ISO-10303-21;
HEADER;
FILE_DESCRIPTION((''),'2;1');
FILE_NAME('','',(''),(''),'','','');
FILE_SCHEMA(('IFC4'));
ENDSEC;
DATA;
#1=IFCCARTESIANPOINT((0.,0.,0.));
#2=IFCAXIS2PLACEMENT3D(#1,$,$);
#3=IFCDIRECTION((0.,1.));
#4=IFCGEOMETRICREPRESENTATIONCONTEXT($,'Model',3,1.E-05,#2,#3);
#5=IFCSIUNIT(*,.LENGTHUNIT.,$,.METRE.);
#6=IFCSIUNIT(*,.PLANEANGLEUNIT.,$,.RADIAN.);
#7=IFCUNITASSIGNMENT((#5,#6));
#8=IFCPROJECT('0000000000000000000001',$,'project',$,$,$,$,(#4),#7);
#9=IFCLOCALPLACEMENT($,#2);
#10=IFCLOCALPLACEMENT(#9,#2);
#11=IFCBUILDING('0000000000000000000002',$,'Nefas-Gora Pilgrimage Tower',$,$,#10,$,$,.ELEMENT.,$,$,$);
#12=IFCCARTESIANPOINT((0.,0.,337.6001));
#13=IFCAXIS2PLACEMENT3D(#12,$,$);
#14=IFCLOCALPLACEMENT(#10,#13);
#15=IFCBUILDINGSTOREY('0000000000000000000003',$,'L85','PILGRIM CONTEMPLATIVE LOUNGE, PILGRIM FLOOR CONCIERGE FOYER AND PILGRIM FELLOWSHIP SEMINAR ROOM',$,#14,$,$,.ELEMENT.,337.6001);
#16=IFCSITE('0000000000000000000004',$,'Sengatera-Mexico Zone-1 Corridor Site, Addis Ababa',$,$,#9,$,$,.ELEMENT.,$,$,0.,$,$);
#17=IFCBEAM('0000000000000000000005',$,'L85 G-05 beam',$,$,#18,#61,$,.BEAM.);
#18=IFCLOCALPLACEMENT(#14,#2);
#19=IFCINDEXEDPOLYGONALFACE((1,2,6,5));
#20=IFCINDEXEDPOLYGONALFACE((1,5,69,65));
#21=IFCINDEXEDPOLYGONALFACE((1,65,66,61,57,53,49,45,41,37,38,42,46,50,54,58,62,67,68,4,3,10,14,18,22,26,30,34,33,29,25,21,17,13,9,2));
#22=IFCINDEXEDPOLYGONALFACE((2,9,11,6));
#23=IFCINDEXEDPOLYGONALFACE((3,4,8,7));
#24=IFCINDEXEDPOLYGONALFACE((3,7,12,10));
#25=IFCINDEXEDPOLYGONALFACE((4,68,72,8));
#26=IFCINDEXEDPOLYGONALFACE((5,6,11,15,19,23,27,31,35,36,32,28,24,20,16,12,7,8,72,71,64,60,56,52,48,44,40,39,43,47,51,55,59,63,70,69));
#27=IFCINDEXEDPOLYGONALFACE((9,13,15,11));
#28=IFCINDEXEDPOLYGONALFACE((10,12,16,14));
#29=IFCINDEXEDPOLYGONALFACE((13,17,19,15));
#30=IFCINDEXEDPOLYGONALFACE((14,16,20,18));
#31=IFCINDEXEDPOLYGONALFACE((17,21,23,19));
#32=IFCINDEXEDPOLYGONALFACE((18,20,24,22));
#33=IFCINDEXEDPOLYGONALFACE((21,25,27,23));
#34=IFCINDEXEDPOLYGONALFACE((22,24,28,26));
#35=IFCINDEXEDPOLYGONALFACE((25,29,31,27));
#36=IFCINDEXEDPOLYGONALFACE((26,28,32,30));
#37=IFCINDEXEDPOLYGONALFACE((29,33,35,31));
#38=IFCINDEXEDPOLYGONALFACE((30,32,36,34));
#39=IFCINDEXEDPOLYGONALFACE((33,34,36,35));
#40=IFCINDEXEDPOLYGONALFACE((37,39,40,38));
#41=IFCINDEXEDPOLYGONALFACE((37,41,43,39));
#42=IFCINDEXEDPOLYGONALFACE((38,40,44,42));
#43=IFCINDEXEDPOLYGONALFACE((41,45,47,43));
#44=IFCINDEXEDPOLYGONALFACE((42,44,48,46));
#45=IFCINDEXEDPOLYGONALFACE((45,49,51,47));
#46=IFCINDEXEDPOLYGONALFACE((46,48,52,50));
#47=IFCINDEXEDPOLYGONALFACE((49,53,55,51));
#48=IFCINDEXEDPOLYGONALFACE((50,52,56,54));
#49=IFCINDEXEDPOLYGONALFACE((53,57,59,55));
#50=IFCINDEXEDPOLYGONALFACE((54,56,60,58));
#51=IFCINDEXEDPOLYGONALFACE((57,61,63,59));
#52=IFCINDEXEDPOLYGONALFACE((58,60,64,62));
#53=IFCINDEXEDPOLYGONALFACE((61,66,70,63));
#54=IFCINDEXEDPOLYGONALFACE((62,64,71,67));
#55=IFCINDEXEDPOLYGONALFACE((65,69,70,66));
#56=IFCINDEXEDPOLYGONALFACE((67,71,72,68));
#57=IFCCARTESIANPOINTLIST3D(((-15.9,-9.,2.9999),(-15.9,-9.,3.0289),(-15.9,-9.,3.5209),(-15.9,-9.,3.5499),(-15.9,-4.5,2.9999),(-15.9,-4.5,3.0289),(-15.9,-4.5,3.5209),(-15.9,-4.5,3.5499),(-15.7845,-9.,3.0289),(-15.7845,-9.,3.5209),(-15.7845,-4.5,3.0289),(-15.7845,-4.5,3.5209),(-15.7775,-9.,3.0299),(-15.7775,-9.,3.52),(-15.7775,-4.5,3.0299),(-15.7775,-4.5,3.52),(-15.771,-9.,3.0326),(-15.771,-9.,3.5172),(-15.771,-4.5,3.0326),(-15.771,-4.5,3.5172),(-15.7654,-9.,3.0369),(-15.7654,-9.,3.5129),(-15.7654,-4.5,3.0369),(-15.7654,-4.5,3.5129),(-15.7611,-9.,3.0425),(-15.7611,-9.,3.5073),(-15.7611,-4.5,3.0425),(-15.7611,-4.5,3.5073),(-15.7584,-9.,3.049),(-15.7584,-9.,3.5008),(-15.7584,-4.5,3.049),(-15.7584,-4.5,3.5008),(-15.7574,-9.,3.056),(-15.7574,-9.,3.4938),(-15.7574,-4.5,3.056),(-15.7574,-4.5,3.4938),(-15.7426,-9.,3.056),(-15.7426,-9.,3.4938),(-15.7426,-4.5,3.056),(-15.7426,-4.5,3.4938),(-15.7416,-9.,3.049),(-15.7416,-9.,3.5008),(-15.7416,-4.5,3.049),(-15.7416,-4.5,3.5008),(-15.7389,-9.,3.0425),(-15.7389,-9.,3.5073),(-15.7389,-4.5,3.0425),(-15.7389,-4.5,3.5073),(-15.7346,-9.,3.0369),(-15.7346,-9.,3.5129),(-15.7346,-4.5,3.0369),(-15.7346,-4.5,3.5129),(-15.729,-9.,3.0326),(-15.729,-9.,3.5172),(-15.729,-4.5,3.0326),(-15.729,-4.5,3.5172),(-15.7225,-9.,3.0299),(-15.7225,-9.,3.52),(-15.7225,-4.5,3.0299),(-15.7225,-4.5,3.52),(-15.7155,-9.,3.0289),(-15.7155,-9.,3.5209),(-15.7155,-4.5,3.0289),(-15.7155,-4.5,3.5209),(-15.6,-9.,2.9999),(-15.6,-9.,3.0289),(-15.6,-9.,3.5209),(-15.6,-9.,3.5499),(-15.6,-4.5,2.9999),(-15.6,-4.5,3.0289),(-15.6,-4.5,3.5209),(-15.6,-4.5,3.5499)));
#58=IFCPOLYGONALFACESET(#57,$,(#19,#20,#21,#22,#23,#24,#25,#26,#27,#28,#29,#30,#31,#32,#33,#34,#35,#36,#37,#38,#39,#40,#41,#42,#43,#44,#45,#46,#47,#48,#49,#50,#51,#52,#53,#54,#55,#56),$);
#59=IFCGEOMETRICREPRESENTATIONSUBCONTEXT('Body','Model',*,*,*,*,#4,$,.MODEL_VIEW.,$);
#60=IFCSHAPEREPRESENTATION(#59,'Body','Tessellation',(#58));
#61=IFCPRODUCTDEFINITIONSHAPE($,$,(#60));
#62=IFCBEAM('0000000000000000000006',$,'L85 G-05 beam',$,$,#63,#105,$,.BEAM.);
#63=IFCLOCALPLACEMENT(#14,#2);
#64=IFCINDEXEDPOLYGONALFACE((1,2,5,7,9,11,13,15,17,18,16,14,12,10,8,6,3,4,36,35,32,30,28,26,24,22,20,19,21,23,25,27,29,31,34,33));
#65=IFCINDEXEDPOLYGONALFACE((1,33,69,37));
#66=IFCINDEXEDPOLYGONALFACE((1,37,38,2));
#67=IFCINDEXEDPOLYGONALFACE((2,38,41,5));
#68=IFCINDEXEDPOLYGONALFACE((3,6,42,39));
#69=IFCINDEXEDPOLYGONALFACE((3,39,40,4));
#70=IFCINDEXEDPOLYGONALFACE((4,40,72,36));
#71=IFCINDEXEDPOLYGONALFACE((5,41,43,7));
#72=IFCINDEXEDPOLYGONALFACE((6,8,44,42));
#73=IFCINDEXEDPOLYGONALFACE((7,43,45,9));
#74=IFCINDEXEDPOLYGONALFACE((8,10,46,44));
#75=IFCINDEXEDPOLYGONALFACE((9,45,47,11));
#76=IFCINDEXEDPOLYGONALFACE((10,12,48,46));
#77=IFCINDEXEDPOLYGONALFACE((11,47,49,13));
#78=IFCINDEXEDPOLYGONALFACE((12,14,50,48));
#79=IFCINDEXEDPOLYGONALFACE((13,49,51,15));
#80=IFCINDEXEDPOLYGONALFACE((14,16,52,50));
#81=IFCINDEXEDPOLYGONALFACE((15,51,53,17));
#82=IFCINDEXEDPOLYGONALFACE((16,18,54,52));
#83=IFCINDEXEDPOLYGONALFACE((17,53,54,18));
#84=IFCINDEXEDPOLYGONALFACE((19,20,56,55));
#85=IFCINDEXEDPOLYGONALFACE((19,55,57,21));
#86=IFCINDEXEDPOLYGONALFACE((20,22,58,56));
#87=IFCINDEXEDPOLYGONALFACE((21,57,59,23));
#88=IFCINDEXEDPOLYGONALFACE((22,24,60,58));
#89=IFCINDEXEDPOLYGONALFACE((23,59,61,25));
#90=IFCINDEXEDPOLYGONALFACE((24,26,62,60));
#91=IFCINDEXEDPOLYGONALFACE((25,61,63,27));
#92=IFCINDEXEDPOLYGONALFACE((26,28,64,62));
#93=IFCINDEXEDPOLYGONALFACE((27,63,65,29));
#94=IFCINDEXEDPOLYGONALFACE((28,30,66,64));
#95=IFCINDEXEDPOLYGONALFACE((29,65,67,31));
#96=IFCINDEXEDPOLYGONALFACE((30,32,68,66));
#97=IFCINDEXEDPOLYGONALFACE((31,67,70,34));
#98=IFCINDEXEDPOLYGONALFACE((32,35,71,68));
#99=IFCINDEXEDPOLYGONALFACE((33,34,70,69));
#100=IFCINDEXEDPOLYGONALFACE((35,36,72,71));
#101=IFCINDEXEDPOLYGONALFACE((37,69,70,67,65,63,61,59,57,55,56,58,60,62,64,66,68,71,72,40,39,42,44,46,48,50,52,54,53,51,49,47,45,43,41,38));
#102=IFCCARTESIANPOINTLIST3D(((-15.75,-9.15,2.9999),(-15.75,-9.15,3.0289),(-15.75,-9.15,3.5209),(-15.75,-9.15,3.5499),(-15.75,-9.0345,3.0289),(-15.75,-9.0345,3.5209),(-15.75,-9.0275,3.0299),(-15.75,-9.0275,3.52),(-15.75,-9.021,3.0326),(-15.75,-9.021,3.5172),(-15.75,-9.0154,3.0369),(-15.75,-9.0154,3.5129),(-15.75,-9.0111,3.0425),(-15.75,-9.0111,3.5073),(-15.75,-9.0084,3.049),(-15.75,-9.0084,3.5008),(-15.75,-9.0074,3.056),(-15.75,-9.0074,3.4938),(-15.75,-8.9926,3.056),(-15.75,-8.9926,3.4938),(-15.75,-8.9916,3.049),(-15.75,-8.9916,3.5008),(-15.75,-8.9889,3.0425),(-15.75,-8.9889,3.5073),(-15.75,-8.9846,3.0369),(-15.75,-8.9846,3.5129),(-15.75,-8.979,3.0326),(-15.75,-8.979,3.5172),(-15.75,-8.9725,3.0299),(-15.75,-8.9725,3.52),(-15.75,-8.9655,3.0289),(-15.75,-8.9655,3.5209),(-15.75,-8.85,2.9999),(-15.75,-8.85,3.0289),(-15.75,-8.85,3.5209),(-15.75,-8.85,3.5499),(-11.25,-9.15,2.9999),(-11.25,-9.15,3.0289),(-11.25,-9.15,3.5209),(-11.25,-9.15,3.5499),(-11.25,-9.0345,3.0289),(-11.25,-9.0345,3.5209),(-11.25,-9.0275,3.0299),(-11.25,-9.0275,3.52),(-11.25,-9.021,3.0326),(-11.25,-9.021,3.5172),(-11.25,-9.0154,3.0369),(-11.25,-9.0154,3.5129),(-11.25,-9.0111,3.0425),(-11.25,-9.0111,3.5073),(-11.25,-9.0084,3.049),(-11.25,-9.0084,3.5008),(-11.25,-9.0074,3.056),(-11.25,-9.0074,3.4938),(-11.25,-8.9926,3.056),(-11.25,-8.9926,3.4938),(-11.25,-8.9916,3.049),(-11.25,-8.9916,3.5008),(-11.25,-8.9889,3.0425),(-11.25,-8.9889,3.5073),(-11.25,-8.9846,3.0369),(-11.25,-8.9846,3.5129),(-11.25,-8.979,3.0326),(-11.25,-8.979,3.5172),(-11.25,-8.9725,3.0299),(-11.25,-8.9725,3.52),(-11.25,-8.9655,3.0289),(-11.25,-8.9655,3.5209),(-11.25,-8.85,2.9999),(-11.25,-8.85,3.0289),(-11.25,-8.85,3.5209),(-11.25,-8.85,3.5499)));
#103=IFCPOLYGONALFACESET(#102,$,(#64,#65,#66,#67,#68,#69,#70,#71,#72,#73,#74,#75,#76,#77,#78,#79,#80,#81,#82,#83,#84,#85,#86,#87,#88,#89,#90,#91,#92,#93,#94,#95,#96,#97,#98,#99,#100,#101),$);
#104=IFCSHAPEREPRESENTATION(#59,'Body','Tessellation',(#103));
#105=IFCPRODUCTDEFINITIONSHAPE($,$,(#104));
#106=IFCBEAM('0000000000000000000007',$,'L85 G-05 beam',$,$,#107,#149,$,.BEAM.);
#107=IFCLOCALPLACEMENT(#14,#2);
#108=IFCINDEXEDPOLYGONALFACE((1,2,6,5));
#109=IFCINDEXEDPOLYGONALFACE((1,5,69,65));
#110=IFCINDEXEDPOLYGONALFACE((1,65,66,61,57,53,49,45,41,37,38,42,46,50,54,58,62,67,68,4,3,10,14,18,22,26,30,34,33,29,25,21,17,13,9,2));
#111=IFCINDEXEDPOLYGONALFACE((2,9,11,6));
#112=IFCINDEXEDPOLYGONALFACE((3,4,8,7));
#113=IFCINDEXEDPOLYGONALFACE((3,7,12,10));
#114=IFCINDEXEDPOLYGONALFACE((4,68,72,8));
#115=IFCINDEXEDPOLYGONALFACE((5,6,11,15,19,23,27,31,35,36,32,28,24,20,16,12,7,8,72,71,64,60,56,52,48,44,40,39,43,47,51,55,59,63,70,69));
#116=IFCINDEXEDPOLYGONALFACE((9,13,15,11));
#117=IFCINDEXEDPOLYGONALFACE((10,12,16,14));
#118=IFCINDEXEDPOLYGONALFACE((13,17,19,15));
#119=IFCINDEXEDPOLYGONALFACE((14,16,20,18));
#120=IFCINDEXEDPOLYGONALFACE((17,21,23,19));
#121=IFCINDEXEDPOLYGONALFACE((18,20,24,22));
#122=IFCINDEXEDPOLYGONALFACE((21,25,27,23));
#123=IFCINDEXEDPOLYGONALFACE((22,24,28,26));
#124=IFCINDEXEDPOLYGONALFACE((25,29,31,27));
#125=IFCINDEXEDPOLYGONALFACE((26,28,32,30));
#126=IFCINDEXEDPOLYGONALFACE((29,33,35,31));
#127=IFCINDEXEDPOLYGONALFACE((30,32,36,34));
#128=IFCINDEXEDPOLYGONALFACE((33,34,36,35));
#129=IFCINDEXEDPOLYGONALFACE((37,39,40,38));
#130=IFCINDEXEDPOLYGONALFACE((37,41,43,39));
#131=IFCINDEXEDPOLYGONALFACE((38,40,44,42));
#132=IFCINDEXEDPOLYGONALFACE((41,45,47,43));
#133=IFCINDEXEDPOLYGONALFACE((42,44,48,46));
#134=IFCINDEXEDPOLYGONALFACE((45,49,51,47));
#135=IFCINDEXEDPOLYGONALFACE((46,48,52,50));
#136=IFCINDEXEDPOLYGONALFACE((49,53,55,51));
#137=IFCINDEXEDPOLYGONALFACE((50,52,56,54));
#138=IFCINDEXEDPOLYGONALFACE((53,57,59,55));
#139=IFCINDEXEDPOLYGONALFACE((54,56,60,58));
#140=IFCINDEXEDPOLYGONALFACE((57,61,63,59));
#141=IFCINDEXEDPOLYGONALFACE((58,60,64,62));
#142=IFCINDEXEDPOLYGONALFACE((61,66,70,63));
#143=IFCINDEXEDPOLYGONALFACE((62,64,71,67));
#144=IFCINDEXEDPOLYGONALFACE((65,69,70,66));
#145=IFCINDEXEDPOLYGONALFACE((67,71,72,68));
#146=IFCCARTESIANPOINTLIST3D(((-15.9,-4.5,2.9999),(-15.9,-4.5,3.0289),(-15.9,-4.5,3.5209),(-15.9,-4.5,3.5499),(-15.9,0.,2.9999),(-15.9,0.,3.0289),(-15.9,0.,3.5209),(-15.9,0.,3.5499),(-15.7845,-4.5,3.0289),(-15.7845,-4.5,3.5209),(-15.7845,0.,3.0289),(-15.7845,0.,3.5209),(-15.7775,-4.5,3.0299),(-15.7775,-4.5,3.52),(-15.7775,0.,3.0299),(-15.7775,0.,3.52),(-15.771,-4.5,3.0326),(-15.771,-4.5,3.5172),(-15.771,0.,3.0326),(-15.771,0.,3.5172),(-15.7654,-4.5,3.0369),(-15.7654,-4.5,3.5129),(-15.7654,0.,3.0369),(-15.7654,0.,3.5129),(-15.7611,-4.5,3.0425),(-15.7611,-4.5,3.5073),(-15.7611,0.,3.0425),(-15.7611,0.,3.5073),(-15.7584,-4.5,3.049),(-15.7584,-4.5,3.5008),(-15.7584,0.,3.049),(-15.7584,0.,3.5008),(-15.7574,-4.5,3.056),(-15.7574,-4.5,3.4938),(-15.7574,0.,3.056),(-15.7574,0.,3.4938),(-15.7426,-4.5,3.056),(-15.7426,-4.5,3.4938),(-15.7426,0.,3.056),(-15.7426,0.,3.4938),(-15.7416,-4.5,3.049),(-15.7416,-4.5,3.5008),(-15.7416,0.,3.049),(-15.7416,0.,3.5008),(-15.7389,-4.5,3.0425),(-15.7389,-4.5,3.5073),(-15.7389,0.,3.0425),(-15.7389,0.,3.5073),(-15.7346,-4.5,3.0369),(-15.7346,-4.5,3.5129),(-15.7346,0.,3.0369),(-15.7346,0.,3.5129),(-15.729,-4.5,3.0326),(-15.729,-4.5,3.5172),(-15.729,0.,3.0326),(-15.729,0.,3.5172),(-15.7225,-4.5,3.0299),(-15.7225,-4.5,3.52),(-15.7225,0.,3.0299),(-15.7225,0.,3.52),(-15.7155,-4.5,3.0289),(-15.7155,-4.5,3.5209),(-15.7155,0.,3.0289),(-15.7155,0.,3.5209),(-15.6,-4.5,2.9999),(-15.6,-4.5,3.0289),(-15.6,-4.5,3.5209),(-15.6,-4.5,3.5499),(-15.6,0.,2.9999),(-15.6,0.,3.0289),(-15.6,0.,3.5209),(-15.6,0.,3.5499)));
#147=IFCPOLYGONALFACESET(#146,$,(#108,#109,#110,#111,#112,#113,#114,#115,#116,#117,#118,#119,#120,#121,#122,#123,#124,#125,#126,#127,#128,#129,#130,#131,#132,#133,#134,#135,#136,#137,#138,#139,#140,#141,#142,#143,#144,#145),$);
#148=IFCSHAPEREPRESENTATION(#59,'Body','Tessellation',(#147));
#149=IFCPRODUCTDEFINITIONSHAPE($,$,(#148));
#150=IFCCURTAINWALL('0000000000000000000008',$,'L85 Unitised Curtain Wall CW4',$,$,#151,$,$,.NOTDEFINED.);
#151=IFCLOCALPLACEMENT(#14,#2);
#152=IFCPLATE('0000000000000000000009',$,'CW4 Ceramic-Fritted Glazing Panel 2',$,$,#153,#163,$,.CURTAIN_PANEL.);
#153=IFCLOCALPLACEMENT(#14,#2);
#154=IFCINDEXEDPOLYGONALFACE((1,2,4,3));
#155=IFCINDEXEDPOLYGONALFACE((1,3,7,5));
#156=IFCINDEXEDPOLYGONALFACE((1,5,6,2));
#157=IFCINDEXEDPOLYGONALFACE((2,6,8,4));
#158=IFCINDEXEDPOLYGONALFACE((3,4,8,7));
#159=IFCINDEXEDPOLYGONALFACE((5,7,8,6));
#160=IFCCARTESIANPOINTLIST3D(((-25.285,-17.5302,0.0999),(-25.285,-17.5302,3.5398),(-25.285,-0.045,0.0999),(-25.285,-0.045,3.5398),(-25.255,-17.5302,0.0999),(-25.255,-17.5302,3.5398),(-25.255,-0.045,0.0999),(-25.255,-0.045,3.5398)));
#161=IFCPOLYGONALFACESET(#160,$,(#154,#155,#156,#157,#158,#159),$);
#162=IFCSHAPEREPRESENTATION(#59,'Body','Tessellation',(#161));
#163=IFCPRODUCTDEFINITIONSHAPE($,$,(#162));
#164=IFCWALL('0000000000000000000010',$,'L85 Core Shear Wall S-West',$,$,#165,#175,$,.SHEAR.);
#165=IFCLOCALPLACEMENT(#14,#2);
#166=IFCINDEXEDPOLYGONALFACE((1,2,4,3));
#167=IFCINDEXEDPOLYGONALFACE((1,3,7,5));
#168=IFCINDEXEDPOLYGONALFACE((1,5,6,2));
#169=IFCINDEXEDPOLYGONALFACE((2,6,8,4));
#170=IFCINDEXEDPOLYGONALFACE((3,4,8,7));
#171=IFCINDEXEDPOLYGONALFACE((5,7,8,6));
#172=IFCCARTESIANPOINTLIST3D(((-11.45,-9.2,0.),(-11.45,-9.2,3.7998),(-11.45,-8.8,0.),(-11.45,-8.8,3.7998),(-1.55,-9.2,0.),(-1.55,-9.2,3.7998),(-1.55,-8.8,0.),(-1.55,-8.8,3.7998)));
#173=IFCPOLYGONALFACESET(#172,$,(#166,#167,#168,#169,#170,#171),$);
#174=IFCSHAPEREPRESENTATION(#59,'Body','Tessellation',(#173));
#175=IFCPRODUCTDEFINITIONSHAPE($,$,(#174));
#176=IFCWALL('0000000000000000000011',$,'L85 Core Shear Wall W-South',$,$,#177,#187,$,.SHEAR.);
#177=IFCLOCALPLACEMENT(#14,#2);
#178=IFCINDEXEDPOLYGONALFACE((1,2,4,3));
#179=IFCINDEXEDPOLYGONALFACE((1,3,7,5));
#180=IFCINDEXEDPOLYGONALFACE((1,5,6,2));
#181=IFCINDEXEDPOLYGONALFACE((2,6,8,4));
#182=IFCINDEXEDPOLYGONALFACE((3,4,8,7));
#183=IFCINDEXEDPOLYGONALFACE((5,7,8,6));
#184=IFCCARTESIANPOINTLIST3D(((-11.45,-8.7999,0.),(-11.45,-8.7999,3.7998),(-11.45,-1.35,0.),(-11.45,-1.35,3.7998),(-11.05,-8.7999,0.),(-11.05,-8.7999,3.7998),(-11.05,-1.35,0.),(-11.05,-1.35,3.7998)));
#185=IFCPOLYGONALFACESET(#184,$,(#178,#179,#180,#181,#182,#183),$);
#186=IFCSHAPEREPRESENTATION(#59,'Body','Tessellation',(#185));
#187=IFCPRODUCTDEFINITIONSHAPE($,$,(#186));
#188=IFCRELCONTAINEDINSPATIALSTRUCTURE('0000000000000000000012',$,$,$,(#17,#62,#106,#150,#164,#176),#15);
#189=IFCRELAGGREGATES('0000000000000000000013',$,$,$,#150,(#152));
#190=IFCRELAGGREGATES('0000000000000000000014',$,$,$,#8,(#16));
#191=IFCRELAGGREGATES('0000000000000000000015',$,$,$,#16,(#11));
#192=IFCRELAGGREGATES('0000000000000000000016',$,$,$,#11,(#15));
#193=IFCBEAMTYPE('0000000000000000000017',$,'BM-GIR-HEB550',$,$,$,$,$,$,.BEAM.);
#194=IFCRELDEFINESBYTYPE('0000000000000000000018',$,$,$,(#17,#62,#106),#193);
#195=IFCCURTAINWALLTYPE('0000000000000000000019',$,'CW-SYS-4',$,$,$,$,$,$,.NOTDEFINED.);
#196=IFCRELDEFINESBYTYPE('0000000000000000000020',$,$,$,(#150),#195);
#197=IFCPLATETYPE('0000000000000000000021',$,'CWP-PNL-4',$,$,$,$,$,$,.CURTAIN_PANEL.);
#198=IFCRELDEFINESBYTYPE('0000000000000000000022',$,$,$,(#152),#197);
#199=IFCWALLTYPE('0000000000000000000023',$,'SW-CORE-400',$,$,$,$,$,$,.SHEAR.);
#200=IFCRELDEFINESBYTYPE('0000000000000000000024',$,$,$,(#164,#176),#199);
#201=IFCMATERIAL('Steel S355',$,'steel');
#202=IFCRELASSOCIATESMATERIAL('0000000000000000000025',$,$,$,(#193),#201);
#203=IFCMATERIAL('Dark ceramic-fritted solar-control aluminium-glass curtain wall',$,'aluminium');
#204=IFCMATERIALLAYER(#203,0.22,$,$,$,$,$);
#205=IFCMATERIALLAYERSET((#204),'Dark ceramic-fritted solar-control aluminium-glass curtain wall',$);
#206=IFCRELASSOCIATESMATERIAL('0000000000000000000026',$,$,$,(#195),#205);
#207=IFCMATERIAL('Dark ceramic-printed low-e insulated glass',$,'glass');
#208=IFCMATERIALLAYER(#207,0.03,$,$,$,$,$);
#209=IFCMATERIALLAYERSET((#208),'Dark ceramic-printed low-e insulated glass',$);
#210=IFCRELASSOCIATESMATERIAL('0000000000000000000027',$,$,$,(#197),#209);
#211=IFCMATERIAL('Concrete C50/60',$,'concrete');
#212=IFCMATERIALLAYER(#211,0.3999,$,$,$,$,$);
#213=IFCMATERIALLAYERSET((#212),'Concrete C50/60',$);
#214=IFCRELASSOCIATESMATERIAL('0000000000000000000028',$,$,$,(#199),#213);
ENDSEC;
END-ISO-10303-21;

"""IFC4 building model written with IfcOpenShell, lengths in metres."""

from ifc_helpers import new_model, si_unit, direction, frame, frame_2d, origin, origin_2d, place, context, subcontext, project, spatial, rectangle, i_section, extrude, source, transform, mapped, material, layer, layer_set, material_profile, profile_set, type_object, element, aggregate, save


model = new_model("IFC4")

# Units and contexts
model_context = context("Model", 3, precision=1e-05, world=origin(), true_north=direction((0.0, 1.0)))
body_context = subcontext(model_context, "Body", "Model", "MODEL_VIEW")
ifc_project = project(units=[si_unit("LENGTHUNIT", "METRE"), si_unit("PLANEANGLEUNIT", "RADIAN")], contexts=[model_context])

# Site, building, storey
site_placement = place(None, origin())
site = spatial("IfcSite", under=ifc_project, at=site_placement, Name="Sengatera-Mexico Zone-1 Corridor Site, Addis Ababa", CompositionType="ELEMENT", RefElevation=0.0)
building_placement = place(site_placement, origin())
building = spatial("IfcBuilding", under=site, at=building_placement, Name="Nefas-Gora Pilgrimage Tower", CompositionType="ELEMENT")
storey_placement = place(building_placement, frame((0.0, 0.0, 337.6001)))
storey = spatial("IfcBuildingStorey", under=building, at=storey_placement, Name="L85", Description="PILGRIM CONTEMPLATIVE LOUNGE, PILGRIM FLOOR CONCIERGE FOYER AND PILGRIM FELLOWSHIP SEMINAR ROOM", CompositionType="ELEMENT", Elevation=337.6001)

# Shared definitions
ifc_material_1 = material(Name="Steel S355", Category="steel")
ifc_material_2 = material(Name="Concrete C50/60", Category="concrete")

# Beams
ifc_material_profile_1 = material_profile(ifc_material_1, i_section(OverallWidth=0.3, OverallDepth=0.55, WebThickness=0.0149, FlangeThickness=0.0291, FilletRadius=0.0271, at=origin_2d()), Name="HEB 550")
ifc_profile_set_1 = profile_set([ifc_material_profile_1], Name="Steel S355")
beam_type_1 = type_object("IfcBeamType", Name="BM-GIR-HEB550", PredefinedType="BEAM", material=ifc_profile_set_1)
shared_shape_1 = source(origin(), body_context, "Body", "SweptSolid", [
    extrude(i_section(OverallWidth=0.3, OverallDepth=0.55, WebThickness=0.0149, FlangeThickness=0.0291, FilletRadius=0.0271, at=origin_2d()), origin(), (0.0, 0.0, 1.0), 4.5),
])
for number, where, z_axis, x_axis, name in (
    (1, (-15.75, -9.0, 3.2749), (0.0, 1.0, 0.0), (-1.0, 0.0, 0.0), "L85 G-05 beam"),
    (2, (-15.75, -9.0, 3.2749), (1.0, 0.0, 0.0), (0.0, 1.0, 0.0), "L85 G-05 beam"),
    (3, (-15.75, -4.5, 3.2749), (0.0, 1.0, 0.0), (-1.0, 0.0, 0.0), "L85 G-05 beam"),
):
    element("IfcBeam", number, at=place(storey_placement, frame(where, z_axis=z_axis, x_axis=x_axis)), inside=storey, type_object=beam_type_1, Name=name, PredefinedType="BEAM", context=body_context, shape_type="MappedRepresentation", body=[
        mapped(shared_shape_1, transform((0.0, 0.0, 0.0), x_axis=(1.0, 0.0, 0.0), y_axis=(0.0, 1.0, 0.0), z_axis=(0.0, 0.0, 1.0), scale=1.0)),
    ])

# Curtain wall, plate
ifc_material_3 = material(Name="Dark ceramic-fritted solar-control aluminium-glass curtain wall", Category="aluminium")
ifc_layer_1 = layer(ifc_material_3, 0.22)
ifc_layer_set_1 = layer_set([ifc_layer_1], Name="Dark ceramic-fritted solar-control aluminium-glass curtain wall")
curtain_wall_type = type_object("IfcCurtainWallType", Name="CW-SYS-4", PredefinedType="NOTDEFINED", material=ifc_layer_set_1)
curtain_wall_placement = place(storey_placement, origin())
curtain_wall = element("IfcCurtainWall", 4, at=curtain_wall_placement, inside=storey, type_object=curtain_wall_type, Name="L85 Unitised Curtain Wall CW4", PredefinedType="NOTDEFINED")
ifc_material_4 = material(Name="Dark ceramic-printed low-e insulated glass", Category="glass")
ifc_layer_2 = layer(ifc_material_4, 0.03)
ifc_layer_set_2 = layer_set([ifc_layer_2], Name="Dark ceramic-printed low-e insulated glass")
plate_type = type_object("IfcPlateType", Name="CWP-PNL-4", PredefinedType="CURTAIN_PANEL", material=ifc_layer_set_2)
shared_shape_2 = source(origin(), body_context, "Body", "SweptSolid", [
    extrude(rectangle(XDim=17.4851, YDim=0.03, at=origin_2d()), origin(), (0.0, 0.0, 1.0), 3.4399),
])
plate_placement = place(storey_placement, frame((-25.27, -8.7876, 0.0999), z_axis=(0.0, 0.0, 1.0), x_axis=(0.0, -1.0, 0.0)))
plate = element("IfcPlate", 5, at=plate_placement, type_object=plate_type, Name="CW4 Ceramic-Fritted Glazing Panel 2", PredefinedType="CURTAIN_PANEL", context=body_context, shape_type="MappedRepresentation", body=[
    mapped(shared_shape_2, transform((0.0, 0.0, 0.0), x_axis=(1.0, 0.0, 0.0), y_axis=(0.0, 1.0, 0.0), z_axis=(0.0, 0.0, 1.0), scale=1.0)),
])
aggregate(curtain_wall, [plate])

# Walls
ifc_layer_3 = layer(ifc_material_2, 0.3999)
ifc_layer_set_3 = layer_set([ifc_layer_3], Name="Concrete C50/60")
wall_type_1 = type_object("IfcWallType", Name="SW-CORE-400", PredefinedType="SHEAR", material=ifc_layer_set_3)
shared_shape_3 = source(origin(), body_context, "Body", "SweptSolid", [
    extrude(rectangle(XDim=9.8999, YDim=0.3999, at=frame_2d((4.95, 0.0))), origin(), (0.0, 0.0, 1.0), 3.7998),
])
wall_1_placement = place(storey_placement, frame((-11.45, -9.0, 0.0), z_axis=(0.0, 0.0, 1.0), x_axis=(1.0, 0.0, 0.0)))
element("IfcWall", 6, at=wall_1_placement, inside=storey, type_object=wall_type_1, Name="L85 Core Shear Wall S-West", PredefinedType="SHEAR", context=body_context, shape_type="MappedRepresentation", body=[
    mapped(shared_shape_3, transform((0.0, 0.0, 0.0), x_axis=(1.0, 0.0, 0.0), y_axis=(0.0, 1.0, 0.0), z_axis=(0.0, 0.0, 1.0), scale=1.0)),
])
shared_shape_4 = source(origin(), body_context, "Body", "SweptSolid", [
    extrude(rectangle(XDim=7.45, YDim=0.3999, at=frame_2d((3.7251, 0.0))), origin(), (0.0, 0.0, 1.0), 3.7998),
])
wall_2_placement = place(storey_placement, frame((-11.25, -8.8, 0.0), z_axis=(0.0, 0.0, 1.0), x_axis=(0.0, 1.0, 0.0)))
element("IfcWall", 7, at=wall_2_placement, inside=storey, type_object=wall_type_1, Name="L85 Core Shear Wall W-South", PredefinedType="SHEAR", context=body_context, shape_type="MappedRepresentation", body=[
    mapped(shared_shape_4, transform((0.0, 0.0, 0.0), x_axis=(1.0, 0.0, 0.0), y_axis=(0.0, 1.0, 0.0), z_axis=(0.0, 0.0, 1.0), scale=1.0)),
])

save(model, "model.ifc")
